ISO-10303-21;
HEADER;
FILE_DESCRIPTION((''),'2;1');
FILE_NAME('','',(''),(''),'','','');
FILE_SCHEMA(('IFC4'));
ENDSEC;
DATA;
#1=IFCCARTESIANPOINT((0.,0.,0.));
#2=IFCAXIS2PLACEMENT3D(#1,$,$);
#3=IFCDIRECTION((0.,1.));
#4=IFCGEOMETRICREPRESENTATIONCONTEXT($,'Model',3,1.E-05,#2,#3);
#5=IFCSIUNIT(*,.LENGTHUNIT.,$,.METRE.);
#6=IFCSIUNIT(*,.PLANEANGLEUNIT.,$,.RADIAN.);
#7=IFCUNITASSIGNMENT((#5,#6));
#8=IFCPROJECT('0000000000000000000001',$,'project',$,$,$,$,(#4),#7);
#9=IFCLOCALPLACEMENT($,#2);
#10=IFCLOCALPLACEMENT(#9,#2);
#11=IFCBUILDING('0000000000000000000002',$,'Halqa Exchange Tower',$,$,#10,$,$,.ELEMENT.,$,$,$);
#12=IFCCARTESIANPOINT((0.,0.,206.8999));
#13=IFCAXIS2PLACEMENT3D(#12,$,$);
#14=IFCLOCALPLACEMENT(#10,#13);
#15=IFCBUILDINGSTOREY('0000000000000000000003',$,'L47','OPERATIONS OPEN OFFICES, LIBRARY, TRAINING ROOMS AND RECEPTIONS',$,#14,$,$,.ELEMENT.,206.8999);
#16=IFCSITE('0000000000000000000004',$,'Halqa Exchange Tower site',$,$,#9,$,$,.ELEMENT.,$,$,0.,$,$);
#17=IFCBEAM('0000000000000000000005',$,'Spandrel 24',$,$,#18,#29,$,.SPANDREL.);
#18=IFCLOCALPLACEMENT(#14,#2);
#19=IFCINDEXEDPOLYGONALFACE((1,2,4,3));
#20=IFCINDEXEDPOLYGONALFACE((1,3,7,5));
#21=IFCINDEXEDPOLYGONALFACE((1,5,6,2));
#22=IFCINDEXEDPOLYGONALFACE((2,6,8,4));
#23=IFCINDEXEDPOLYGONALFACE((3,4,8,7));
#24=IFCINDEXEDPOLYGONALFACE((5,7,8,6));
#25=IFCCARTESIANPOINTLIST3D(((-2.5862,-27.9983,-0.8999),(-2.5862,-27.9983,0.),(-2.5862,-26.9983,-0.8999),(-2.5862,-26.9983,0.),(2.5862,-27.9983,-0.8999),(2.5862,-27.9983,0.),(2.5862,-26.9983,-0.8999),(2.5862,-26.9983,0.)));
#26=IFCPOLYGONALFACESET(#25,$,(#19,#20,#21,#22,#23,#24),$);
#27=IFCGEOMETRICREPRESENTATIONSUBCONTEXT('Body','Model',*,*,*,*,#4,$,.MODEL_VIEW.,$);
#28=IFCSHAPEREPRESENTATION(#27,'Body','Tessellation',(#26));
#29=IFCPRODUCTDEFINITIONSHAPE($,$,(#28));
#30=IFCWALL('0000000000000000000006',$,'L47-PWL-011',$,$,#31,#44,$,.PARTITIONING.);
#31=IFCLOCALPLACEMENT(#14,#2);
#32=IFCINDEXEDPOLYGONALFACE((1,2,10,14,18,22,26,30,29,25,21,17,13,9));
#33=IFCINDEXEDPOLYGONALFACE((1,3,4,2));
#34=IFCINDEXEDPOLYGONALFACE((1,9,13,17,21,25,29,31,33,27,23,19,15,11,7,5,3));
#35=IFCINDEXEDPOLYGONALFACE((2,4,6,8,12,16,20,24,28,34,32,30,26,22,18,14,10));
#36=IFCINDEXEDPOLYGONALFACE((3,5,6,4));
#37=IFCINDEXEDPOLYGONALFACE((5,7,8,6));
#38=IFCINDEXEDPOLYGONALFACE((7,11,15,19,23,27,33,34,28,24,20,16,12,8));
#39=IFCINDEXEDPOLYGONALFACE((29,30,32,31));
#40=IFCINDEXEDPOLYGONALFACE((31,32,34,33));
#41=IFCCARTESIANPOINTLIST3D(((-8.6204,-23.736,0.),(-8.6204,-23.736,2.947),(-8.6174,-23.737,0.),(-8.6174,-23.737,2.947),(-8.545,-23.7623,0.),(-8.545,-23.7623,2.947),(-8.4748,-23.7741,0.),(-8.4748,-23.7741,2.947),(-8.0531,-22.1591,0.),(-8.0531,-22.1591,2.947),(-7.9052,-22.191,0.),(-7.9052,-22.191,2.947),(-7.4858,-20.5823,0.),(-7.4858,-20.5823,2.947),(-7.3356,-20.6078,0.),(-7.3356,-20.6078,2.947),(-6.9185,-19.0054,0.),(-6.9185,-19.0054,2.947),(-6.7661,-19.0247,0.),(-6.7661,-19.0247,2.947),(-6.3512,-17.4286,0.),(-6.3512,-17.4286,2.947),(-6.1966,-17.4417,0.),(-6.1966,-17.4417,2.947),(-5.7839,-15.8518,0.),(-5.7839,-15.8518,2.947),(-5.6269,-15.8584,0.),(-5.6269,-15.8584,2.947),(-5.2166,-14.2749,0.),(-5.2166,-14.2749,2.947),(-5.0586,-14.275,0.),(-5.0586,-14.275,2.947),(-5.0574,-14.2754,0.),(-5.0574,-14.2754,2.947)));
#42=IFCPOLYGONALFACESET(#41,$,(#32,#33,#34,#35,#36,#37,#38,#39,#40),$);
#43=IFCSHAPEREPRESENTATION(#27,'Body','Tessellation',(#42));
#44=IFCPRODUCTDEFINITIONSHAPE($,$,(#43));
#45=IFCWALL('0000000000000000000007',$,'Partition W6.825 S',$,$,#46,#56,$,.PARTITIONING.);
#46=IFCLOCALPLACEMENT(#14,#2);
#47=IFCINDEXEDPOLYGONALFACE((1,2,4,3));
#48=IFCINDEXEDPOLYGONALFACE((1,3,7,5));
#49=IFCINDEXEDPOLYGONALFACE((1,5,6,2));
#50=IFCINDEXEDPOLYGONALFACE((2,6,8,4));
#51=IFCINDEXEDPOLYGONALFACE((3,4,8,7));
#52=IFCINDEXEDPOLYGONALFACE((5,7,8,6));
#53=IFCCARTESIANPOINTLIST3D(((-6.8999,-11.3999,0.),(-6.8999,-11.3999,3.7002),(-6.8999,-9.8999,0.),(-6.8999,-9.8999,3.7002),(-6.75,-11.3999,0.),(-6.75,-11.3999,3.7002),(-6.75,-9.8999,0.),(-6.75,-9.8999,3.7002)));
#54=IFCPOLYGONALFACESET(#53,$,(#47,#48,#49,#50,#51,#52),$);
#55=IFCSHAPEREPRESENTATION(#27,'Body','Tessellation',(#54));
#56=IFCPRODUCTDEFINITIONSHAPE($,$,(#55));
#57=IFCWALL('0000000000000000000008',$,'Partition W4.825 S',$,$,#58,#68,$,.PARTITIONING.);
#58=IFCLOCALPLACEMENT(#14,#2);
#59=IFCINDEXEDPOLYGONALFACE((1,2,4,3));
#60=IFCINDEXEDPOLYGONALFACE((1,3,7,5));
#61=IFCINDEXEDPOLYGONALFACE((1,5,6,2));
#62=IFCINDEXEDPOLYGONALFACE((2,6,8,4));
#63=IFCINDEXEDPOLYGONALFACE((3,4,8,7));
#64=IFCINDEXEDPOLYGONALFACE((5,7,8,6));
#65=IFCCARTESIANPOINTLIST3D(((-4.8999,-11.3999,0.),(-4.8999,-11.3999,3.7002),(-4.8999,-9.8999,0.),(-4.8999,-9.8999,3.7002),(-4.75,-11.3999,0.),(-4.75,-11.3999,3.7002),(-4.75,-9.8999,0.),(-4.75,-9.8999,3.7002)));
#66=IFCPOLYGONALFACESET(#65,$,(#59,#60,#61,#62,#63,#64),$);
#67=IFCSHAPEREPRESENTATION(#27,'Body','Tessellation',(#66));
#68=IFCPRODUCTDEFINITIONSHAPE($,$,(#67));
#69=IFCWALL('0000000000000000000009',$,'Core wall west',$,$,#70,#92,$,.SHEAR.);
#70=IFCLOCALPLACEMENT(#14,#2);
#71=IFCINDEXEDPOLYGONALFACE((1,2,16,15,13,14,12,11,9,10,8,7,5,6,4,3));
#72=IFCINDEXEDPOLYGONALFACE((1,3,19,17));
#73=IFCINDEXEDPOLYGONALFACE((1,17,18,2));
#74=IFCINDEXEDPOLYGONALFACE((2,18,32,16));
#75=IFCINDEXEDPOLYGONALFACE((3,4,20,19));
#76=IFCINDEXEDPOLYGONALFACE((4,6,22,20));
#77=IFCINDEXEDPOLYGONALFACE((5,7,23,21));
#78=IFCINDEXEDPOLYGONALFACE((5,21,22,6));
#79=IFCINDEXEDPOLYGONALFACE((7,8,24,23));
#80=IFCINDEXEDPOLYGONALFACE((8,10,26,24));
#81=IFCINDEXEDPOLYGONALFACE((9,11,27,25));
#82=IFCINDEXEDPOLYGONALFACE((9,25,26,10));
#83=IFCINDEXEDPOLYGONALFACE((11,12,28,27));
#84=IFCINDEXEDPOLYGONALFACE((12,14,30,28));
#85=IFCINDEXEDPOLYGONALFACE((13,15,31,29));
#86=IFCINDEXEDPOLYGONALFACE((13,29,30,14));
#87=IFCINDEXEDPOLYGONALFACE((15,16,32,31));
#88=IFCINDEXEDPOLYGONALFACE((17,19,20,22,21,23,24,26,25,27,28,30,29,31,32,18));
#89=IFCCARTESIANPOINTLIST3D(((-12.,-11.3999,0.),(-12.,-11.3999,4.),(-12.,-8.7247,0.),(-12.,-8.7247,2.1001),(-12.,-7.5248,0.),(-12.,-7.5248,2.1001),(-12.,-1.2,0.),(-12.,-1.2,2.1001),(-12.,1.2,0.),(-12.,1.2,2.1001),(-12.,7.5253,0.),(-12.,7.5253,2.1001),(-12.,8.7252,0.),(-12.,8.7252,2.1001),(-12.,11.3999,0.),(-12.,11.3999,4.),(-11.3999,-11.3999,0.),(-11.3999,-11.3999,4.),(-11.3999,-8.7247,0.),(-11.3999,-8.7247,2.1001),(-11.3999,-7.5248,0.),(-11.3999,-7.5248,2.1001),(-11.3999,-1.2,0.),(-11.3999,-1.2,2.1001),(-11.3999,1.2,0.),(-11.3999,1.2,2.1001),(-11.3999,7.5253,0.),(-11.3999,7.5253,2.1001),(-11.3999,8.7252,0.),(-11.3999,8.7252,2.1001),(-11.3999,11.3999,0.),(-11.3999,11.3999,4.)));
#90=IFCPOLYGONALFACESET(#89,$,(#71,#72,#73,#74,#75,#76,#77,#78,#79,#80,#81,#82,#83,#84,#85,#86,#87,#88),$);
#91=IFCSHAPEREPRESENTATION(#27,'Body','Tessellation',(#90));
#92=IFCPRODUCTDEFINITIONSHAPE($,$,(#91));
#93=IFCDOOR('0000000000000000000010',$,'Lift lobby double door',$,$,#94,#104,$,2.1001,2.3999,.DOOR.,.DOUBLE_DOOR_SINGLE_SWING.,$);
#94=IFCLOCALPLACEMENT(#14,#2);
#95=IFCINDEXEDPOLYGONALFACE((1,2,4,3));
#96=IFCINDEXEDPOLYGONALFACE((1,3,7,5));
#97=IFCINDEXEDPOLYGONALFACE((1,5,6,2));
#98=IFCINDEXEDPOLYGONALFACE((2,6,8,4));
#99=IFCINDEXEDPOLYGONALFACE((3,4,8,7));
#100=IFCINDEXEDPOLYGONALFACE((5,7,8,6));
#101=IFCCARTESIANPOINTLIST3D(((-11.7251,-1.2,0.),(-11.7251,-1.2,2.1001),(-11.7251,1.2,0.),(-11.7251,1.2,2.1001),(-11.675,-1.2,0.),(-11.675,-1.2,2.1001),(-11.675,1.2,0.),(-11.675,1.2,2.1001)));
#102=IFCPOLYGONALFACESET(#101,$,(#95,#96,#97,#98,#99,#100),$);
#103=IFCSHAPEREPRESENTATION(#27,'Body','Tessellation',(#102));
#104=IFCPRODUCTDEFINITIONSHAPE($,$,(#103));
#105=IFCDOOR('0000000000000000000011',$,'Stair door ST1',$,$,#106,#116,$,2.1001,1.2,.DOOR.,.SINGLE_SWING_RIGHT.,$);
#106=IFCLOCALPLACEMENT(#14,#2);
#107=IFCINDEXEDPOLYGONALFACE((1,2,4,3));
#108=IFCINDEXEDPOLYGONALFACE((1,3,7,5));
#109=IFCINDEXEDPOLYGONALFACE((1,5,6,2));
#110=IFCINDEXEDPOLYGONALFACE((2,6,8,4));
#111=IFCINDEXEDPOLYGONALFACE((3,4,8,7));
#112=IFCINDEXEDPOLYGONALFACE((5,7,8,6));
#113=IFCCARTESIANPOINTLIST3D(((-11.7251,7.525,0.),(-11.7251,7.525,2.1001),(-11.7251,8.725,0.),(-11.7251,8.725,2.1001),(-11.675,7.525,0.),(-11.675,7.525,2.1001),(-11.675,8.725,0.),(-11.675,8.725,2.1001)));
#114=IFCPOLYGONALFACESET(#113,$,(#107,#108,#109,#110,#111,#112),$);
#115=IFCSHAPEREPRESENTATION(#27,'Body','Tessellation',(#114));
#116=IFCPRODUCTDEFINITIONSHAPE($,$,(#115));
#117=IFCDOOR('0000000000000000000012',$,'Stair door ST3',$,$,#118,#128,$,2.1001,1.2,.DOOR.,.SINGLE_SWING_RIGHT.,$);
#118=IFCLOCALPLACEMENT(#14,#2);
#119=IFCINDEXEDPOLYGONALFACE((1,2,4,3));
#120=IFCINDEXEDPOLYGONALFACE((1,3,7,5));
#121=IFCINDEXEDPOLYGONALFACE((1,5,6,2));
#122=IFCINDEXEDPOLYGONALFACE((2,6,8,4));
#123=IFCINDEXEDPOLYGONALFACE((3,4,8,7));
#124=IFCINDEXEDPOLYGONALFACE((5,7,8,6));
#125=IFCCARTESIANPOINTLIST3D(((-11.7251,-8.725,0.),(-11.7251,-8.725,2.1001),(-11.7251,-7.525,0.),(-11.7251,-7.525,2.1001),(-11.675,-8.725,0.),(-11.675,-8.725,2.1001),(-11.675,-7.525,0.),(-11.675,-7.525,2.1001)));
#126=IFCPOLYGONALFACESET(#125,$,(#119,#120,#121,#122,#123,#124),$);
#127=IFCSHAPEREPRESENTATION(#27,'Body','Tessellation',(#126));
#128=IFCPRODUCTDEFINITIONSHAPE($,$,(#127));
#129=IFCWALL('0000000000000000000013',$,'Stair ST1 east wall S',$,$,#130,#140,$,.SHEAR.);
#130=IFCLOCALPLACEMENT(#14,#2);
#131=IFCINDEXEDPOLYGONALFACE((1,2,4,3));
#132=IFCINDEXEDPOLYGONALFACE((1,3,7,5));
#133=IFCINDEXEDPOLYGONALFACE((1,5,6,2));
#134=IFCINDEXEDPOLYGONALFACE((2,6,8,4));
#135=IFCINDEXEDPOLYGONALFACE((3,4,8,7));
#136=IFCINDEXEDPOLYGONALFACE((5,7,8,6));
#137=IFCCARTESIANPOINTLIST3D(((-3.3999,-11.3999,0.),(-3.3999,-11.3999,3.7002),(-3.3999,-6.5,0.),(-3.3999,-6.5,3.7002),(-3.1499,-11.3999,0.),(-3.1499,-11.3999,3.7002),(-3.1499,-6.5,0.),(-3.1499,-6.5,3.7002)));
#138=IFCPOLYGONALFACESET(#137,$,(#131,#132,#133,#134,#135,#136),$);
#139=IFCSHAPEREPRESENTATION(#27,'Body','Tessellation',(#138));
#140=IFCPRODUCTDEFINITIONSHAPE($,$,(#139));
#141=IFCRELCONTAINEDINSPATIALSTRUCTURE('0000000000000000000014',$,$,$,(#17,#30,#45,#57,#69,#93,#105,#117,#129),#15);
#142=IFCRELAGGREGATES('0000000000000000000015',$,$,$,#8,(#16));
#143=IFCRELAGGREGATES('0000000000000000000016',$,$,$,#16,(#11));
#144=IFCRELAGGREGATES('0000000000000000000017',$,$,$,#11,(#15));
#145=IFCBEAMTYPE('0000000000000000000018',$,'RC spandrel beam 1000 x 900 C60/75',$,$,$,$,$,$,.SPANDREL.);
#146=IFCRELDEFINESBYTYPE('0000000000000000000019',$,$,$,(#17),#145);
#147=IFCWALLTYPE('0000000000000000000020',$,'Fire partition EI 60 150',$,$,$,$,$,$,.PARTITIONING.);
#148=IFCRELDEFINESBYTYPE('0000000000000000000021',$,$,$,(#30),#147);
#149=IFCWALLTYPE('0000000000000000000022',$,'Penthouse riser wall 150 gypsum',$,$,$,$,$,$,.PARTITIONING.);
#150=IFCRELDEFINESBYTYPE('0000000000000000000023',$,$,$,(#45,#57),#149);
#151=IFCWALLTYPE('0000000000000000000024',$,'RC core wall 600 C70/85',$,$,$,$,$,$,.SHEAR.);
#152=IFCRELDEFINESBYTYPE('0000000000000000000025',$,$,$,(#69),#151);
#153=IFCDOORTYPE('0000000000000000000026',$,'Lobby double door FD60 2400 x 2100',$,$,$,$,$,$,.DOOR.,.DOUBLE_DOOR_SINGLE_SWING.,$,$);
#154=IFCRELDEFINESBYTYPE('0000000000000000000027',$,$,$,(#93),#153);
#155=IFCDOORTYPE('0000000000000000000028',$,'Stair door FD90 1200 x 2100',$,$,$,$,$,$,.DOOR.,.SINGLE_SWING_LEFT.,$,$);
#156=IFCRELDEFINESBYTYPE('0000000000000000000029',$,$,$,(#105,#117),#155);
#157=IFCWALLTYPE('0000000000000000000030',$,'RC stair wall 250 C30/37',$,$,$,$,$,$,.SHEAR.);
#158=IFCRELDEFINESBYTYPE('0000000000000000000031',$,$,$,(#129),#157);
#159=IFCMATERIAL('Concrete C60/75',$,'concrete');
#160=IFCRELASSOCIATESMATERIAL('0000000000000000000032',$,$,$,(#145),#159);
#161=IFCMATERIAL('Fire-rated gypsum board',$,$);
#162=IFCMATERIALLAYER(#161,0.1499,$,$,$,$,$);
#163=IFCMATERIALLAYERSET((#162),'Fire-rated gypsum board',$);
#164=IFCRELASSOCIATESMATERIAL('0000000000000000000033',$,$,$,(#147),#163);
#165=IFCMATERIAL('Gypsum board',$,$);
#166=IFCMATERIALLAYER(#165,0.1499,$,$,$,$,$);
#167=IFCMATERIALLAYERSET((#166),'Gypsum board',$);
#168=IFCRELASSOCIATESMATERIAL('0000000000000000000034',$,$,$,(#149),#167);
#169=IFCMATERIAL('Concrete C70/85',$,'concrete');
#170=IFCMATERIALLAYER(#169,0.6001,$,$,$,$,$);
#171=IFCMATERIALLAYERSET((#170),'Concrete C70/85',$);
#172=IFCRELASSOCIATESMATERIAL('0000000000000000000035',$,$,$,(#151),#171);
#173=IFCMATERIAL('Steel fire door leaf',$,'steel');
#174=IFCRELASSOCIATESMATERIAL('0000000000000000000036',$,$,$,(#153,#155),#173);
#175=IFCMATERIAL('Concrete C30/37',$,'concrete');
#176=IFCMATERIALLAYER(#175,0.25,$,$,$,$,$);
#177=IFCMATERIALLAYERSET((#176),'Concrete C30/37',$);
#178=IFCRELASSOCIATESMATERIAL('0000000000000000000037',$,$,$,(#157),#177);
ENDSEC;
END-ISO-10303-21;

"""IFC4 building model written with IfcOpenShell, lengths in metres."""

from ifc_helpers import new_model, si_unit, direction, frame, frame_2d, origin, origin_2d, place, context, subcontext, project, spatial, polyline, rectangle, outline, extrude, material, layer, layer_set, material_profile, profile_set, type_object, element, fill, save


model = new_model("IFC4")

# Units and contexts
model_context = context("Model", 3, precision=1e-05, world=origin(), true_north=direction((0.0, 1.0)))
body_context = subcontext(model_context, "Body", "Model", "MODEL_VIEW")
ifc_project = project(units=[si_unit("LENGTHUNIT", "METRE"), si_unit("PLANEANGLEUNIT", "RADIAN")], contexts=[model_context])

# Site, building, storey
site_placement = place(None, origin())
site = spatial("IfcSite", under=ifc_project, at=site_placement, Name="Halqa Exchange Tower site", CompositionType="ELEMENT", RefElevation=0.0)
building_placement = place(site_placement, origin())
building = spatial("IfcBuilding", under=site, at=building_placement, Name="Halqa Exchange Tower", CompositionType="ELEMENT")
storey_placement = place(building_placement, frame((0.0, 0.0, 206.8999)))
storey = spatial("IfcBuildingStorey", under=building, at=storey_placement, Name="L47", Description="OPERATIONS OPEN OFFICES, LIBRARY, TRAINING ROOMS AND RECEPTIONS", CompositionType="ELEMENT", Elevation=206.8999)

# Shared definitions
ifc_material_1 = material(Name="Concrete C60/75", Category="concrete")

# Beam
ifc_material_profile_1 = material_profile(ifc_material_1, rectangle(XDim=1.0, YDim=0.8999, at=origin_2d()), Name="1000 x 900")
ifc_profile_set_1 = profile_set([ifc_material_profile_1], Name="Concrete C60/75")
beam_type_1 = type_object("IfcBeamType", Name="RC spandrel beam 1000 x 900 C60/75", PredefinedType="SPANDREL", material=ifc_profile_set_1)
beam_1_placement = place(storey_placement, frame((-2.5862, -27.4983, -0.45), z_axis=(1.0, 0.0, 0.0), x_axis=(0.0, 1.0, 0.0)))
element("IfcBeam", 1, at=beam_1_placement, inside=storey, type_object=beam_type_1, Name="Spandrel 24", PredefinedType="SPANDREL", context=body_context, shape_type="SweptSolid", body=[
    extrude(rectangle(XDim=1.0, YDim=0.8999, at=origin_2d()), origin(), (0.0, 0.0, 1.0), 5.1724),
])

# Walls
ifc_material_2 = material(Name="Fire-rated gypsum board")
ifc_layer_1 = layer(ifc_material_2, 0.1499)
ifc_layer_set_1 = layer_set([ifc_layer_1], Name="Fire-rated gypsum board")
wall_type_1 = type_object("IfcWallType", Name="Fire partition EI 60 150", PredefinedType="PARTITIONING", material=ifc_layer_set_1)
wall_1_placement = place(storey_placement, frame((-5.1279, -14.25, 0.0), z_axis=(0.0, 0.0, 1.0), x_axis=(-0.33853, -0.940956, 0.0)))
element("IfcWall", 2, at=wall_1_placement, inside=storey, type_object=wall_type_1, Name="L47-PWL-011", PredefinedType="PARTITIONING", context=body_context, shape_type="SweptSolid", body=[
    extrude(outline(polyline([(10.1082, -0.075), (10.1082, -0.0718), (10.1074, 0.0049), (10.0947, 0.075), (8.4124, 0.075), (6.7297, 0.075), (5.0474, 0.075), (3.365, 0.075), (1.6824, 0.075), (0.0, 0.075), (0.0, 0.0737), (0.0535, -0.075), (1.7292, -0.075), (3.405, -0.075), (5.0808, -0.075), (6.7566, -0.075), (8.4324, -0.075), (10.1082, -0.075)])), origin(), (0.0, 0.0, 1.0), 2.947),
])
ifc_material_3 = material(Name="Gypsum board")
ifc_layer_2 = layer(ifc_material_3, 0.1499)
ifc_layer_set_2 = layer_set([ifc_layer_2], Name="Gypsum board")
wall_type_2 = type_object("IfcWallType", Name="Penthouse riser wall 150 gypsum", PredefinedType="PARTITIONING", material=ifc_layer_set_2)
for number, where, z_axis, x_axis, name in (
    (3, (-6.825, -11.3999, 0.0), (0.0, 0.0, 1.0), (0.0, 1.0, 0.0), "Partition W6.825 S"),
    (4, (-4.825, -11.3999, 0.0), (0.0, 0.0, 1.0), (0.0, 1.0, 0.0), "Partition W4.825 S"),
):
    element("IfcWall", number, at=place(storey_placement, frame(where, z_axis=z_axis, x_axis=x_axis)), inside=storey, type_object=wall_type_2, Name=name, PredefinedType="PARTITIONING", context=body_context, shape_type="SweptSolid", body=[
        extrude(rectangle(XDim=1.5, YDim=0.1499, at=frame_2d((0.75, 0.0))), origin(), (0.0, 0.0, 1.0), 3.7002),
    ])

# Wall, openings, doors
ifc_material_4 = material(Name="Concrete C70/85", Category="concrete")
ifc_layer_3 = layer(ifc_material_4, 0.6001)
ifc_layer_set_3 = layer_set([ifc_layer_3], Name="Concrete C70/85")
wall_type_3 = type_object("IfcWallType", Name="RC core wall 600 C70/85", PredefinedType="SHEAR", material=ifc_layer_set_3)
wall_2_placement = place(storey_placement, frame((-11.7, -11.3999, 0.0), z_axis=(0.0, 0.0, 1.0), x_axis=(0.0, 1.0, 0.0)))
wall_2 = element("IfcWall", 5, at=wall_2_placement, inside=storey, type_object=wall_type_3, Name="Core wall west", PredefinedType="SHEAR", context=body_context, shape_type="SweptSolid", body=[
    extrude(rectangle(XDim=22.7998, YDim=0.6001, at=frame_2d((11.3999, 0.0))), origin(), (0.0, 0.0, 1.0), 4.0),
])
opening_1_placement = place(wall_2_placement, frame((10.2, 0.0, 0.0)))
opening_1 = element("IfcOpeningElement", 6, at=opening_1_placement, cuts=wall_2, PredefinedType="OPENING", context=body_context, shape_type="SweptSolid", body=[
    extrude(rectangle(XDim=2.3999, YDim=2.1001, at=frame_2d((1.2, 1.05))), frame((0.0, 0.312, 0.0), z_axis=(0.0, -1.0, 0.0), x_axis=(1.0, 0.0, 0.0)), (0.0, 0.0, 1.0), 0.624),
])
opening_2_placement = place(wall_2_placement, frame((18.925, 0.0, 0.0)))
opening_2 = element("IfcOpeningElement", 7, at=opening_2_placement, cuts=wall_2, PredefinedType="OPENING", context=body_context, shape_type="SweptSolid", body=[
    extrude(rectangle(XDim=1.2, YDim=2.1001, at=frame_2d((0.6001, 1.05))), frame((0.0, 0.312, 0.0), z_axis=(0.0, -1.0, 0.0), x_axis=(1.0, 0.0, 0.0)), (0.0, 0.0, 1.0), 0.624),
])
opening_3_placement = place(wall_2_placement, frame((2.675, 0.0, 0.0)))
opening_3 = element("IfcOpeningElement", 8, at=opening_3_placement, cuts=wall_2, PredefinedType="OPENING", context=body_context, shape_type="SweptSolid", body=[
    extrude(rectangle(XDim=1.2, YDim=2.1001, at=frame_2d((0.6001, 1.05))), frame((0.0, 0.312, 0.0), z_axis=(0.0, -1.0, 0.0), x_axis=(1.0, 0.0, 0.0)), (0.0, 0.0, 1.0), 0.624),
])
ifc_material_5 = material(Name="Steel fire door leaf", Category="steel")
door_type_1 = type_object("IfcDoorType", Name="Lobby double door FD60 2400 x 2100", OperationType="DOUBLE_DOOR_SINGLE_SWING", PredefinedType="DOOR", material=ifc_material_5)
door_1_placement = place(opening_1_placement, frame((2.3999, 0.0, 0.0), z_axis=(0.0, 0.0, 1.0), x_axis=(-1.0, 0.0, 0.0)))
door_1 = element("IfcDoor", 9, at=door_1_placement, inside=storey, type_object=door_type_1, Name="Lift lobby double door", OperationType="DOUBLE_DOOR_SINGLE_SWING", OverallHeight=2.1001, OverallWidth=2.3999, PredefinedType="DOOR", context=body_context, shape_type="SweptSolid", body=[
    extrude(rectangle(XDim=2.3999, YDim=2.1001, at=frame_2d((1.2, 1.05))), frame((0.0, 0.0249, 0.0), z_axis=(0.0, -1.0, 0.0), x_axis=(1.0, 0.0, 0.0)), (0.0, 0.0, 1.0), 0.05),
])
fill(opening_1, door_1)
door_type_2 = type_object("IfcDoorType", Name="Stair door FD90 1200 x 2100", OperationType="SINGLE_SWING_LEFT", PredefinedType="DOOR", material=ifc_material_5)
door_2_placement = place(opening_2_placement, frame((1.2, 0.0, 0.0), z_axis=(0.0, 0.0, 1.0), x_axis=(-1.0, 0.0, 0.0)))
door_2 = element("IfcDoor", 10, at=door_2_placement, inside=storey, type_object=door_type_2, Name="Stair door ST1", OperationType="SINGLE_SWING_RIGHT", OverallHeight=2.1001, OverallWidth=1.2, PredefinedType="DOOR", context=body_context, shape_type="SweptSolid", body=[
    extrude(rectangle(XDim=1.2, YDim=2.1001, at=frame_2d((0.6001, 1.05))), frame((0.0, 0.0249, 0.0), z_axis=(0.0, -1.0, 0.0), x_axis=(1.0, 0.0, 0.0)), (0.0, 0.0, 1.0), 0.05),
])
fill(opening_2, door_2)
door_3_placement = place(opening_3_placement, frame((1.2, 0.0, 0.0), z_axis=(0.0, 0.0, 1.0), x_axis=(-1.0, 0.0, 0.0)))
door_3 = element("IfcDoor", 11, at=door_3_placement, inside=storey, type_object=door_type_2, Name="Stair door ST3", OperationType="SINGLE_SWING_RIGHT", OverallHeight=2.1001, OverallWidth=1.2, PredefinedType="DOOR", context=body_context, shape_type="SweptSolid", body=[
    extrude(rectangle(XDim=1.2, YDim=2.1001, at=frame_2d((0.6001, 1.05))), frame((0.0, 0.0249, 0.0), z_axis=(0.0, -1.0, 0.0), x_axis=(1.0, 0.0, 0.0)), (0.0, 0.0, 1.0), 0.05),
])
fill(opening_3, door_3)

# Wall
ifc_material_6 = material(Name="Concrete C30/37", Category="concrete")
ifc_layer_4 = layer(ifc_material_6, 0.25)
ifc_layer_set_4 = layer_set([ifc_layer_4], Name="Concrete C30/37")
wall_type_4 = type_object("IfcWallType", Name="RC stair wall 250 C30/37", PredefinedType="SHEAR", material=ifc_layer_set_4)
wall_3_placement = place(storey_placement, frame((-3.2749, -11.3999, 0.0), z_axis=(0.0, 0.0, 1.0), x_axis=(0.0, 1.0, 0.0)))
element("IfcWall", 12, at=wall_3_placement, inside=storey, type_object=wall_type_4, Name="Stair ST1 east wall S", PredefinedType="SHEAR", context=body_context, shape_type="SweptSolid", body=[
    extrude(rectangle(XDim=4.8999, YDim=0.25, at=frame_2d((2.45, 0.0))), origin(), (0.0, 0.0, 1.0), 3.7002),
])

save(model, "model.ifc")
